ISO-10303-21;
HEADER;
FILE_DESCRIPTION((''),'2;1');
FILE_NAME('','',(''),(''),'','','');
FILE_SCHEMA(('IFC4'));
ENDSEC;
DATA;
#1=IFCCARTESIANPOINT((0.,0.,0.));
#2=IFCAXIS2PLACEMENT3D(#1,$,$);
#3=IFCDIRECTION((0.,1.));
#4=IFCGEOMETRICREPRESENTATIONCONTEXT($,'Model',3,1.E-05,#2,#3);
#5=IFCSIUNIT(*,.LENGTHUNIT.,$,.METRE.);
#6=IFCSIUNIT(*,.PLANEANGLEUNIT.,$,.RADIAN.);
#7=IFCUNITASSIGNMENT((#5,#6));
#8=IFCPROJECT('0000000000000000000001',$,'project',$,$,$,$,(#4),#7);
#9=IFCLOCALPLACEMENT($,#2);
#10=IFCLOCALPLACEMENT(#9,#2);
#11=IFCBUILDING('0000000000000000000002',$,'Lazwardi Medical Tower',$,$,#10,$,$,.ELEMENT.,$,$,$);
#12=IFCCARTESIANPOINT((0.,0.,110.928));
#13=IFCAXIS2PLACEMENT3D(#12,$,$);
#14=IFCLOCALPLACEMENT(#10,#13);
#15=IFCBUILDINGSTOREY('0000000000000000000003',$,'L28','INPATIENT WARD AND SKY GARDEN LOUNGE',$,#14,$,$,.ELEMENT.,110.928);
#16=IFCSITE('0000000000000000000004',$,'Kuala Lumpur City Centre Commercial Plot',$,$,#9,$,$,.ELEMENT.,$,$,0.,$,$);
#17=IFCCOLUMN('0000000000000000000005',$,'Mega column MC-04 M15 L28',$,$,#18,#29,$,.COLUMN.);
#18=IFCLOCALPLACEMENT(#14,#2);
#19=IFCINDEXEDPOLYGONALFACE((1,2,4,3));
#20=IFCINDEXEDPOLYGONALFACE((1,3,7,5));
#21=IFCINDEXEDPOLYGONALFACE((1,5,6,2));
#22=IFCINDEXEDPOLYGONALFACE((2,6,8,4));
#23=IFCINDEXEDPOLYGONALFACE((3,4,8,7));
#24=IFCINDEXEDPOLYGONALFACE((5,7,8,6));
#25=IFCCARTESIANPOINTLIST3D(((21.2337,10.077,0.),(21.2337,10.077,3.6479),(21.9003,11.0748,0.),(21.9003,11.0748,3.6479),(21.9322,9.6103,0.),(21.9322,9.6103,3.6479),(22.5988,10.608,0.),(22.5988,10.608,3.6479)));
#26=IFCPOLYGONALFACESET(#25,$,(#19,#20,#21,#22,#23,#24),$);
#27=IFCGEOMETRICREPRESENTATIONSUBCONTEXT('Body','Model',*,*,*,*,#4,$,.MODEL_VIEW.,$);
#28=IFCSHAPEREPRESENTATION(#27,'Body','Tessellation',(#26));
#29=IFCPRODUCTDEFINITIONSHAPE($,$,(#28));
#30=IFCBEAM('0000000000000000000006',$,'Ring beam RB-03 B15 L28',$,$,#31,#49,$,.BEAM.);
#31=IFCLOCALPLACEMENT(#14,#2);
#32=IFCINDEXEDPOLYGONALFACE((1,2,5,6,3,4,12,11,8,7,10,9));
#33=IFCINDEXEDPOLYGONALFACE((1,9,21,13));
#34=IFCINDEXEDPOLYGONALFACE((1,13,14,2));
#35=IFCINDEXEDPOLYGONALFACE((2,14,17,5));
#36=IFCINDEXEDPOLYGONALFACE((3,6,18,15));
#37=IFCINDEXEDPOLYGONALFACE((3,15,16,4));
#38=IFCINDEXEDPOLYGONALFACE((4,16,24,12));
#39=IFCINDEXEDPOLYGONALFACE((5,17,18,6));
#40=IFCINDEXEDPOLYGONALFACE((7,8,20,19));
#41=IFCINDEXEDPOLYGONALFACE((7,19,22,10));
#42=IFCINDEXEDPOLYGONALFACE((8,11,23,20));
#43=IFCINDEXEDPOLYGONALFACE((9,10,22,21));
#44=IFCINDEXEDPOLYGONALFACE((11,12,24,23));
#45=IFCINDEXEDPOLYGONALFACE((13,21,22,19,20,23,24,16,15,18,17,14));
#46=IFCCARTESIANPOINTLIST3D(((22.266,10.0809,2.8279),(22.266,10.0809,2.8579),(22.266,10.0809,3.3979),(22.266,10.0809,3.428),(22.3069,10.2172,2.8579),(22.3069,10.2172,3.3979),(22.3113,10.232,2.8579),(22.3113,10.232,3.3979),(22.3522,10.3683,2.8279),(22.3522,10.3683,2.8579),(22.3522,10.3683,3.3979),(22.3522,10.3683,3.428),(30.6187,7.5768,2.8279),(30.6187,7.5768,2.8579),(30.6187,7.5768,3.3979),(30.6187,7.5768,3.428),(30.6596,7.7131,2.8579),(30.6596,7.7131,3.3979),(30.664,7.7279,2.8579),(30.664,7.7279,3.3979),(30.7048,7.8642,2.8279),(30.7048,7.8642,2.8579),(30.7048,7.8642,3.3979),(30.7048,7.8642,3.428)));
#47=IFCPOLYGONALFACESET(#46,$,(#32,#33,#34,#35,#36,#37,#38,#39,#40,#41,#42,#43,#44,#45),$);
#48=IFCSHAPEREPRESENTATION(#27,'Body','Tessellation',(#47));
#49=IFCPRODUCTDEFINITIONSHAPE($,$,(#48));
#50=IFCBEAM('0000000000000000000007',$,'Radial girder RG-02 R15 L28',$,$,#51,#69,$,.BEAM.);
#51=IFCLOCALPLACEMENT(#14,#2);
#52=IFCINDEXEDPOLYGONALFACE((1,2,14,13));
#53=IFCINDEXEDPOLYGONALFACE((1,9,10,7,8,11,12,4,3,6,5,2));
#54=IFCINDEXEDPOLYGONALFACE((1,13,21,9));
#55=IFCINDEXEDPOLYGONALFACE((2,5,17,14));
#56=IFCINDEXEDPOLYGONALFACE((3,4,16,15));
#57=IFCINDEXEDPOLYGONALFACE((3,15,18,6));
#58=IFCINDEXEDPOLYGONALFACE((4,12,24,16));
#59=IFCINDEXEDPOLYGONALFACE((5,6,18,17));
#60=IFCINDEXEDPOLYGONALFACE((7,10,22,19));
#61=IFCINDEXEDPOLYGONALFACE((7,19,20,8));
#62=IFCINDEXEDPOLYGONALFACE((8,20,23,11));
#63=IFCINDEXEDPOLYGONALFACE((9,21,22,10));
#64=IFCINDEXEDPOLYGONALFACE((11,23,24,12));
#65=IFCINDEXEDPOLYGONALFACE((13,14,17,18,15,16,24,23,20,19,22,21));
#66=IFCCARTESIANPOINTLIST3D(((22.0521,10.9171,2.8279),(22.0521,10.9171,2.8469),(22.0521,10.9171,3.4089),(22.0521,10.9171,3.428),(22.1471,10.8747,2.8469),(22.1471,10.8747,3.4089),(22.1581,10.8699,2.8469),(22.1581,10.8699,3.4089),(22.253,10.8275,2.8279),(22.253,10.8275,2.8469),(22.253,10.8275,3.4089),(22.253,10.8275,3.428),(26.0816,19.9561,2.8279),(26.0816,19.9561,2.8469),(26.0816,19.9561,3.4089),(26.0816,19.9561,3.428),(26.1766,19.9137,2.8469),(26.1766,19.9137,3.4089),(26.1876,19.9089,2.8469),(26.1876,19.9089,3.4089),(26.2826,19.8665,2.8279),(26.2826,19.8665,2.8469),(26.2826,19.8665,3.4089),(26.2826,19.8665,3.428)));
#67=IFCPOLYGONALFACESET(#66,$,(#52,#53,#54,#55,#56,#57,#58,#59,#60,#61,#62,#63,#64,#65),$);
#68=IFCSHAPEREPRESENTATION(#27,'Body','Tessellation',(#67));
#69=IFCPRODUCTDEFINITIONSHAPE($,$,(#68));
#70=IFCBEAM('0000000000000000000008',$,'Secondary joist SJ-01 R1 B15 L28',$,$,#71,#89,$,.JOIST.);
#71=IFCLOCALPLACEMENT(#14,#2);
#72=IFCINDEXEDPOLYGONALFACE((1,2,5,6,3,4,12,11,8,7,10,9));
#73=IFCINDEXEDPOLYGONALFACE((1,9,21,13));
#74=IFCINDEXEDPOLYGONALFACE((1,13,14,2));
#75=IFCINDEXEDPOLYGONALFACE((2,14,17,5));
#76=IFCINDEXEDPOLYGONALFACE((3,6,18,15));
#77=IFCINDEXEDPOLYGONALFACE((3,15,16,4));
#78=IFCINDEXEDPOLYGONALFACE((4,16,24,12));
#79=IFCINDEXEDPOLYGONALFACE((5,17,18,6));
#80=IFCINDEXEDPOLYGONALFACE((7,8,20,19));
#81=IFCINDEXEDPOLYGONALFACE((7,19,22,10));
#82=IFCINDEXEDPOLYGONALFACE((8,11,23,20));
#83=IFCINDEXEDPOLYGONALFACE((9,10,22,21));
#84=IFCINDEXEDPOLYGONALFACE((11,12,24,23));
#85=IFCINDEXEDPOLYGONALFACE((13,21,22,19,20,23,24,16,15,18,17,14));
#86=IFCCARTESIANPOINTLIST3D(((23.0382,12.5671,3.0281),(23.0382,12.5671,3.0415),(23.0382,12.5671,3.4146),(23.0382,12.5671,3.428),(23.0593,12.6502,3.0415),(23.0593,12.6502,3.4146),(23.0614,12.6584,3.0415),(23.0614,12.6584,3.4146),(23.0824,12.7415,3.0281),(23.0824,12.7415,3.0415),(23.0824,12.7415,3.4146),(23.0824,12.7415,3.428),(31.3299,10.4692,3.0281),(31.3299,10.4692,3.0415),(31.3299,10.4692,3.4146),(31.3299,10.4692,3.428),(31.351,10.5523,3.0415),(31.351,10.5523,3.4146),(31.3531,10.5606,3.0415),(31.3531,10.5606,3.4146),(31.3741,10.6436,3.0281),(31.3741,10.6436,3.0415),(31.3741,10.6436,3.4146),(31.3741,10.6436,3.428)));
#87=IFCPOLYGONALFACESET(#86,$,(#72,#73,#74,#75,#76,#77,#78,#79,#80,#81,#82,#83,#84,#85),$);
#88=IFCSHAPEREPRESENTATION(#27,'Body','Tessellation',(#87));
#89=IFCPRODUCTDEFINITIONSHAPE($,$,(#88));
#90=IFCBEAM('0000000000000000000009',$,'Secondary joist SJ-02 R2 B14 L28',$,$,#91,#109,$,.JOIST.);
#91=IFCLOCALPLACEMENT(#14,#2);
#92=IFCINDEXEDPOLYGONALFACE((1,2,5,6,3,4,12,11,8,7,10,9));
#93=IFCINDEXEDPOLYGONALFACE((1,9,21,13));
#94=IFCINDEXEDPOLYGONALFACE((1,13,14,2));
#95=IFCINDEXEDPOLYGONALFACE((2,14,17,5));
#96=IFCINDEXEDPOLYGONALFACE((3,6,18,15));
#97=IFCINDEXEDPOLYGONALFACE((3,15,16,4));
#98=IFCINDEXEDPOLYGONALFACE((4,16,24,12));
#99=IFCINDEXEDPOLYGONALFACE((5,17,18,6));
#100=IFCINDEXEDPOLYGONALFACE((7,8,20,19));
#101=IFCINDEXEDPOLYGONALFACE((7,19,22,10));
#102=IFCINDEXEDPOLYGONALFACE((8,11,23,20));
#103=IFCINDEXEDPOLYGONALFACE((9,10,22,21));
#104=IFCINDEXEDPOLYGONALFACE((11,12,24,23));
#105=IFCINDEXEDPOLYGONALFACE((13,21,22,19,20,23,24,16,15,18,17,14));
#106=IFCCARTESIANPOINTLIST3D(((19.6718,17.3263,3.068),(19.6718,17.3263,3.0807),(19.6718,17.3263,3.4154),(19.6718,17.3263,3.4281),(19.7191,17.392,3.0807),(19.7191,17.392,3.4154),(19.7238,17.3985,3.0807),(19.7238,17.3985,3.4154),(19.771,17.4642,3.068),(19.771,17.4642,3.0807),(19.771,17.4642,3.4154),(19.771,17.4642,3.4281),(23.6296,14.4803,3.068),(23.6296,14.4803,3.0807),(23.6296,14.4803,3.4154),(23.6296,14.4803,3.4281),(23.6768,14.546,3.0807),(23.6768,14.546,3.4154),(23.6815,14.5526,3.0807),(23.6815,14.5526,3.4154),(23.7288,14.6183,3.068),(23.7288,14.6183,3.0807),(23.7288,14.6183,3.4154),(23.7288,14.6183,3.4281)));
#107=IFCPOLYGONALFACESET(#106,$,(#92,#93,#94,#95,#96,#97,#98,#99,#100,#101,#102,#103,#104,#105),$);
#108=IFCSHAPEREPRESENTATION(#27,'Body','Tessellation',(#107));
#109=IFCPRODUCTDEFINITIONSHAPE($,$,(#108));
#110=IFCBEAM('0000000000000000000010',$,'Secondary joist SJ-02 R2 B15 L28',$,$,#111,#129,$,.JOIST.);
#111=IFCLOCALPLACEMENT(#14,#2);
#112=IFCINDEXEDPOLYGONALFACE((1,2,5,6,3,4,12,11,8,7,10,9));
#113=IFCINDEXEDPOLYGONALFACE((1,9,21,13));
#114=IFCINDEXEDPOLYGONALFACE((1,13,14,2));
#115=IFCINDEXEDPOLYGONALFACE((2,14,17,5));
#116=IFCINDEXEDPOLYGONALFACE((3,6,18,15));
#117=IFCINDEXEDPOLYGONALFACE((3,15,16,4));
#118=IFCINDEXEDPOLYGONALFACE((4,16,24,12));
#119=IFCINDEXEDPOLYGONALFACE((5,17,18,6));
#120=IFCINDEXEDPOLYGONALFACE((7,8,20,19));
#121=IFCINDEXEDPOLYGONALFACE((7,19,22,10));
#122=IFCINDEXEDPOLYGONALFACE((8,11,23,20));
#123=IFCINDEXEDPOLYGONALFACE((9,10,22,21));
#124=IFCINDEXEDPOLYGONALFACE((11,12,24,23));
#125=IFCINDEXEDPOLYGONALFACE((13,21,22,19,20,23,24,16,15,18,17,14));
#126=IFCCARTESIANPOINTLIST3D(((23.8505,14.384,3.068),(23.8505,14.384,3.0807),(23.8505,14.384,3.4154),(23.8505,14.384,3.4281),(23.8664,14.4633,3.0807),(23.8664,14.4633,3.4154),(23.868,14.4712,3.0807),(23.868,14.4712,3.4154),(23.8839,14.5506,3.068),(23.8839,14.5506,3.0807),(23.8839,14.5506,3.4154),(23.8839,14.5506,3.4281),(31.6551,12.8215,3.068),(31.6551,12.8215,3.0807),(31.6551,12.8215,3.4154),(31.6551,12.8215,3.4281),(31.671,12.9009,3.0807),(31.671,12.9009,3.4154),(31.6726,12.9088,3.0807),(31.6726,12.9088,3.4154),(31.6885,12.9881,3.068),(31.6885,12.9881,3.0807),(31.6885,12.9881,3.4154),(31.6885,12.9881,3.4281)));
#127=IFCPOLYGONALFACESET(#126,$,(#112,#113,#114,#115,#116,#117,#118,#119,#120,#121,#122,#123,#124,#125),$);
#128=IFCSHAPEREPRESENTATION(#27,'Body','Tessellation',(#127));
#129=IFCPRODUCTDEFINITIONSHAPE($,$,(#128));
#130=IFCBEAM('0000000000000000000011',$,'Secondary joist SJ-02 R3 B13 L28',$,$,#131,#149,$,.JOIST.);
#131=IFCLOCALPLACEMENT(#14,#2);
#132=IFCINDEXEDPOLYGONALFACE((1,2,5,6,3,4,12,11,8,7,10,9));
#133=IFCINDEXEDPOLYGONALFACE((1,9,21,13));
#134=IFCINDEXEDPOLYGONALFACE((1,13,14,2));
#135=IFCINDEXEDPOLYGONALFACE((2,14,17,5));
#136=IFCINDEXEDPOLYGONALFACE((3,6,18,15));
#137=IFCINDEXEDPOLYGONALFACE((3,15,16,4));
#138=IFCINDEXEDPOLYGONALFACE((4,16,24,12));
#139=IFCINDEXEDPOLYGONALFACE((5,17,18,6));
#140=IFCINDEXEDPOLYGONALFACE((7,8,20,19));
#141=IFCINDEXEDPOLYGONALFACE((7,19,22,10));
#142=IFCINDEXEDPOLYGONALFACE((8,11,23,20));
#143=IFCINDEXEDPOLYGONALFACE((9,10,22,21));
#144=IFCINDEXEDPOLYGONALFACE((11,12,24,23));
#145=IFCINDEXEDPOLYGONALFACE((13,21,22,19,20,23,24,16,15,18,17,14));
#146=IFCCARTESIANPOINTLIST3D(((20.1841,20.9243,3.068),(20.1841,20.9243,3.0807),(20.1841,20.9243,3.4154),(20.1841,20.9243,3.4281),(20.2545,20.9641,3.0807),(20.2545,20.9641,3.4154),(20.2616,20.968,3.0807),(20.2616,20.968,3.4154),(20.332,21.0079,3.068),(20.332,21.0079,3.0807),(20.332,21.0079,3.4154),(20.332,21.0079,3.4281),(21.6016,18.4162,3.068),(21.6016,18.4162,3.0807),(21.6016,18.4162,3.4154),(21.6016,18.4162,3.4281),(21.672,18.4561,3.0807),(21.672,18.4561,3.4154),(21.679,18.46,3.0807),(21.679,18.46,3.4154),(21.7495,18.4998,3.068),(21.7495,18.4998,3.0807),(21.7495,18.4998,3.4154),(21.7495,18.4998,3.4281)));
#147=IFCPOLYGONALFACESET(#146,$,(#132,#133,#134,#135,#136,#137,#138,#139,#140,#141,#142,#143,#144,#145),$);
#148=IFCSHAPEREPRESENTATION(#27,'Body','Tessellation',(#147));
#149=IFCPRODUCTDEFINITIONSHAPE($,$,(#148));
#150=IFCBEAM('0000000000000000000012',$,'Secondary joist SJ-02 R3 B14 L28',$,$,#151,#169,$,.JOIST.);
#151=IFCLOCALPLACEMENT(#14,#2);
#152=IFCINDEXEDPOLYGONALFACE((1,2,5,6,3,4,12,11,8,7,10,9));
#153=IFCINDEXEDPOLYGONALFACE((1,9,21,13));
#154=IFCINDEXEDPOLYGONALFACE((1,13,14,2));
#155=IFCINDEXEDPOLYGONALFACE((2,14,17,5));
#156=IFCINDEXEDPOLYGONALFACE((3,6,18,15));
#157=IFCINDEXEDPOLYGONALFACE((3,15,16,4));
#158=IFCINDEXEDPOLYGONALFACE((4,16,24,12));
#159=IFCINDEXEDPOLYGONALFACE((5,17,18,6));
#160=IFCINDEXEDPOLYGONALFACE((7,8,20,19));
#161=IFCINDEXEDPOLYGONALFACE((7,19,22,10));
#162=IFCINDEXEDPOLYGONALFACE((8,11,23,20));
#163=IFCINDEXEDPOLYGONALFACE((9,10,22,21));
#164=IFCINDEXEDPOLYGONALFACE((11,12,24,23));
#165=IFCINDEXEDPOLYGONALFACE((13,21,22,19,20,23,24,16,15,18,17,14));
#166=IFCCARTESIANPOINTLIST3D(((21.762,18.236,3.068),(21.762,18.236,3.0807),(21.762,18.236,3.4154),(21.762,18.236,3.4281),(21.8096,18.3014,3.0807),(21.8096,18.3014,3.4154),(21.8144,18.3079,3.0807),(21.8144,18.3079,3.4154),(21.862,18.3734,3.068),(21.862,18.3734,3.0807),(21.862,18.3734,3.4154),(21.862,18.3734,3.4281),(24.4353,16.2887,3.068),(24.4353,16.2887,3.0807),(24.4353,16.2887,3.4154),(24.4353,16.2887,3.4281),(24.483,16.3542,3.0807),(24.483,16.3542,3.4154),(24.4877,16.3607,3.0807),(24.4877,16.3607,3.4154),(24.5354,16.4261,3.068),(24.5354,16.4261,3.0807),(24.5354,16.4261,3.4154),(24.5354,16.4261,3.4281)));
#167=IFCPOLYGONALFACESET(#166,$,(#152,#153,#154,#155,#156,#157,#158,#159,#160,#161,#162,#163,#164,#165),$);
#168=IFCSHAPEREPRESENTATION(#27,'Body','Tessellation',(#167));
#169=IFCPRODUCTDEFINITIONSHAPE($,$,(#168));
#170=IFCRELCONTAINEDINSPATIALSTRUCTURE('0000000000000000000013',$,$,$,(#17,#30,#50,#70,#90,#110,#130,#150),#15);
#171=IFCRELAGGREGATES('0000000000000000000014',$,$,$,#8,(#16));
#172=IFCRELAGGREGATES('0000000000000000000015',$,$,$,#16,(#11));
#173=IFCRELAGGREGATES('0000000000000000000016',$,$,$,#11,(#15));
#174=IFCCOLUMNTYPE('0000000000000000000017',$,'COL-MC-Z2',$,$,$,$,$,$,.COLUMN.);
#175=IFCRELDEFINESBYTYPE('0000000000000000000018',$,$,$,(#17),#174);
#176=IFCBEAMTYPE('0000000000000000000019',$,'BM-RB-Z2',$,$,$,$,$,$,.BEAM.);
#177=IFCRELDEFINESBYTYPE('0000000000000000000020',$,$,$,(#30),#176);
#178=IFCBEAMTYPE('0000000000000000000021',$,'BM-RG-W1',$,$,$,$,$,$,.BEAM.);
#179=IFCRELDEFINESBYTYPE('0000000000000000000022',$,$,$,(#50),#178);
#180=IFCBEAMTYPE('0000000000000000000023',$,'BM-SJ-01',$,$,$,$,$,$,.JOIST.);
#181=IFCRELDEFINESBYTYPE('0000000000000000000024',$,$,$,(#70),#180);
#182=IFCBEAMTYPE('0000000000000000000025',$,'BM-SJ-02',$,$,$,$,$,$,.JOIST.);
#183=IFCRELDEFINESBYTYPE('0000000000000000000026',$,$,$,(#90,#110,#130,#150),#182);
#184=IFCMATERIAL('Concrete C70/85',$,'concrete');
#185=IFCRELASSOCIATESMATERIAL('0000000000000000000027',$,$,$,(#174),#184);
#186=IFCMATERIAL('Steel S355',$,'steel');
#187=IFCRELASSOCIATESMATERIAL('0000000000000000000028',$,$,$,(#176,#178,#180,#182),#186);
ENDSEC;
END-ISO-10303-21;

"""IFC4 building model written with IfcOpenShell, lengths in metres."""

from ifc_helpers import new_model, si_unit, direction, frame, origin, origin_2d, place, context, subcontext, project, spatial, rectangle, i_section, extrude, material, material_profile, profile_set, type_object, element, save


model = new_model("IFC4")

# Units and contexts
model_context = context("Model", 3, precision=1e-05, world=origin(), true_north=direction((0.0, 1.0)))
body_context = subcontext(model_context, "Body", "Model", "MODEL_VIEW")
ifc_project = project(units=[si_unit("LENGTHUNIT", "METRE"), si_unit("PLANEANGLEUNIT", "RADIAN")], contexts=[model_context])

# Site, building, storey
site_placement = place(None, origin())
site = spatial("IfcSite", under=ifc_project, at=site_placement, Name="Kuala Lumpur City Centre Commercial Plot", CompositionType="ELEMENT", RefElevation=0.0)
building_placement = place(site_placement, origin())
building = spatial("IfcBuilding", under=site, at=building_placement, Name="Lazwardi Medical Tower", CompositionType="ELEMENT")
storey_placement = place(building_placement, frame((0.0, 0.0, 110.928)))
storey = spatial("IfcBuildingStorey", under=building, at=storey_placement, Name="L28", Description="INPATIENT WARD AND SKY GARDEN LOUNGE", CompositionType="ELEMENT", Elevation=110.928)

# Column
ifc_material_1 = material(Name="Concrete C70/85", Category="concrete")
ifc_material_profile_1 = material_profile(ifc_material_1, rectangle(XDim=1.2, YDim=0.8401, at=origin_2d()), Name="CFT-RECT 1200x840")
ifc_profile_set_1 = profile_set([ifc_material_profile_1], Name="Concrete C70/85")
column_type = type_object("IfcColumnType", Name="COL-MC-Z2", PredefinedType="COLUMN", material=ifc_profile_set_1)
column_placement = place(storey_placement, frame((21.9163, 10.3425, 0.0), z_axis=(0.0, 0.0, 1.0), x_axis=(-0.55557, -0.83147, 0.0)))
element("IfcColumn", 1, at=column_placement, inside=storey, type_object=column_type, Name="Mega column MC-04 M15 L28", PredefinedType="COLUMN", context=body_context, shape_type="SweptSolid", body=[
    extrude(rectangle(XDim=1.2, YDim=0.8401, at=origin_2d()), origin(), (0.0, 0.0, 1.0), 3.6479),
])

# Beams
ifc_material_2 = material(Name="Steel S355", Category="steel")
ifc_material_profile_2 = material_profile(ifc_material_2, i_section(OverallWidth=0.3, OverallDepth=0.6001, WebThickness=0.0154, FlangeThickness=0.03, at=origin_2d()), Name="HEB 600")
ifc_profile_set_2 = profile_set([ifc_material_profile_2], Name="Steel S355")
beam_type_1 = type_object("IfcBeamType", Name="BM-RB-Z2", PredefinedType="BEAM", material=ifc_profile_set_2)
beam_1_placement = place(storey_placement, frame((22.3091, 10.2246, 3.1279), z_axis=(0.957879, -0.287171, 0.0), x_axis=(0.287171, 0.957879, 0.0)))
element("IfcBeam", 2, at=beam_1_placement, inside=storey, type_object=beam_type_1, Name="Ring beam RB-03 B15 L28", PredefinedType="BEAM", context=body_context, shape_type="SweptSolid", body=[
    extrude(i_section(OverallWidth=0.3, OverallDepth=0.6001, WebThickness=0.0154, FlangeThickness=0.03, at=origin_2d()), origin(), (0.0, 0.0, 1.0), 8.72),
])
ifc_material_profile_3 = material_profile(ifc_material_2, i_section(OverallWidth=0.22, OverallDepth=0.6001, WebThickness=0.012, FlangeThickness=0.019, at=origin_2d()), Name="IPE 600")
ifc_profile_set_3 = profile_set([ifc_material_profile_3], Name="Steel S355")
beam_type_2 = type_object("IfcBeamType", Name="BM-RG-W1", PredefinedType="BEAM", material=ifc_profile_set_3)
beam_2_placement = place(storey_placement, frame((22.1526, 10.8723, 3.1279), z_axis=(0.407166, 0.913354, 0.0), x_axis=(-0.913354, 0.407166, 0.0)))
element("IfcBeam", 3, at=beam_2_placement, inside=storey, type_object=beam_type_2, Name="Radial girder RG-02 R15 L28", PredefinedType="BEAM", context=body_context, shape_type="SweptSolid", body=[
    extrude(i_section(OverallWidth=0.22, OverallDepth=0.6001, WebThickness=0.012, FlangeThickness=0.019, at=origin_2d()), origin(), (0.0, 0.0, 1.0), 9.8965),
])
ifc_material_profile_4 = material_profile(ifc_material_2, i_section(OverallWidth=0.1799, OverallDepth=0.3999, WebThickness=0.0085, FlangeThickness=0.0134, at=origin_2d()), Name="IPE 400")
ifc_profile_set_4 = profile_set([ifc_material_profile_4], Name="Steel S355")
beam_type_3 = type_object("IfcBeamType", Name="BM-SJ-01", PredefinedType="JOIST", material=ifc_profile_set_4)
beam_3_placement = place(storey_placement, frame((23.0603, 12.6543, 3.228), z_axis=(0.969452, -0.245282, 0.0), x_axis=(0.245282, 0.969452, 0.0)))
element("IfcBeam", 4, at=beam_3_placement, inside=storey, type_object=beam_type_3, Name="Secondary joist SJ-01 R1 B15 L28", PredefinedType="JOIST", context=body_context, shape_type="SweptSolid", body=[
    extrude(i_section(OverallWidth=0.1799, OverallDepth=0.3999, WebThickness=0.0085, FlangeThickness=0.0134, at=origin_2d()), origin(), (0.0, 0.0, 1.0), 8.553),
])
ifc_material_profile_5 = material_profile(ifc_material_2, i_section(OverallWidth=0.1699, OverallDepth=0.3601, WebThickness=0.0081, FlangeThickness=0.0127, at=origin_2d()), Name="IPE 360")
ifc_profile_set_5 = profile_set([ifc_material_profile_5], Name="Steel S355")
beam_type_4 = type_object("IfcBeamType", Name="BM-SJ-02", PredefinedType="JOIST", material=ifc_profile_set_5)
beam_4_placement = place(storey_placement, frame((19.7214, 17.3953, 3.248), z_axis=(0.811889, -0.583813, 0.0), x_axis=(0.583813, 0.811889, 0.0)))
element("IfcBeam", 5, at=beam_4_placement, inside=storey, type_object=beam_type_4, Name="Secondary joist SJ-02 R2 B14 L28", PredefinedType="JOIST", context=body_context, shape_type="SweptSolid", body=[
    extrude(i_section(OverallWidth=0.1699, OverallDepth=0.3601, WebThickness=0.0081, FlangeThickness=0.0127, at=origin_2d()), origin(), (0.0, 0.0, 1.0), 4.8748),
])
beam_5_placement = place(storey_placement, frame((23.8672, 14.4673, 3.248), z_axis=(0.980543, -0.196305, 0.0), x_axis=(0.196305, 0.980543, 0.0)))
element("IfcBeam", 6, at=beam_5_placement, inside=storey, type_object=beam_type_4, Name="Secondary joist SJ-02 R2 B15 L28", PredefinedType="JOIST", context=body_context, shape_type="SweptSolid", body=[
    extrude(i_section(OverallWidth=0.1699, OverallDepth=0.3601, WebThickness=0.0081, FlangeThickness=0.0127, at=origin_2d()), origin(), (0.0, 0.0, 1.0), 7.9595),
])
beam_6_placement = place(storey_placement, frame((20.2581, 20.9661, 3.248), z_axis=(0.492027, -0.87058, 0.0), x_axis=(0.87058, 0.492027, 0.0)))
element("IfcBeam", 7, at=beam_6_placement, inside=storey, type_object=beam_type_4, Name="Secondary joist SJ-02 R3 B13 L28", PredefinedType="JOIST", context=body_context, shape_type="SweptSolid", body=[
    extrude(i_section(OverallWidth=0.1699, OverallDepth=0.3601, WebThickness=0.0081, FlangeThickness=0.0127, at=origin_2d()), origin(), (0.0, 0.0, 1.0), 2.8809),
])
beam_7_placement = place(storey_placement, frame((21.812, 18.3047, 3.248), z_axis=(0.808302, -0.588768, 0.0), x_axis=(0.588768, 0.808302, 0.0)))
element("IfcBeam", 8, at=beam_7_placement, inside=storey, type_object=beam_type_4, Name="Secondary joist SJ-02 R3 B14 L28", PredefinedType="JOIST", context=body_context, shape_type="SweptSolid", body=[
    extrude(i_section(OverallWidth=0.1699, OverallDepth=0.3601, WebThickness=0.0081, FlangeThickness=0.0127, at=origin_2d()), origin(), (0.0, 0.0, 1.0), 3.3074),
])

save(model, "model.ifc")
